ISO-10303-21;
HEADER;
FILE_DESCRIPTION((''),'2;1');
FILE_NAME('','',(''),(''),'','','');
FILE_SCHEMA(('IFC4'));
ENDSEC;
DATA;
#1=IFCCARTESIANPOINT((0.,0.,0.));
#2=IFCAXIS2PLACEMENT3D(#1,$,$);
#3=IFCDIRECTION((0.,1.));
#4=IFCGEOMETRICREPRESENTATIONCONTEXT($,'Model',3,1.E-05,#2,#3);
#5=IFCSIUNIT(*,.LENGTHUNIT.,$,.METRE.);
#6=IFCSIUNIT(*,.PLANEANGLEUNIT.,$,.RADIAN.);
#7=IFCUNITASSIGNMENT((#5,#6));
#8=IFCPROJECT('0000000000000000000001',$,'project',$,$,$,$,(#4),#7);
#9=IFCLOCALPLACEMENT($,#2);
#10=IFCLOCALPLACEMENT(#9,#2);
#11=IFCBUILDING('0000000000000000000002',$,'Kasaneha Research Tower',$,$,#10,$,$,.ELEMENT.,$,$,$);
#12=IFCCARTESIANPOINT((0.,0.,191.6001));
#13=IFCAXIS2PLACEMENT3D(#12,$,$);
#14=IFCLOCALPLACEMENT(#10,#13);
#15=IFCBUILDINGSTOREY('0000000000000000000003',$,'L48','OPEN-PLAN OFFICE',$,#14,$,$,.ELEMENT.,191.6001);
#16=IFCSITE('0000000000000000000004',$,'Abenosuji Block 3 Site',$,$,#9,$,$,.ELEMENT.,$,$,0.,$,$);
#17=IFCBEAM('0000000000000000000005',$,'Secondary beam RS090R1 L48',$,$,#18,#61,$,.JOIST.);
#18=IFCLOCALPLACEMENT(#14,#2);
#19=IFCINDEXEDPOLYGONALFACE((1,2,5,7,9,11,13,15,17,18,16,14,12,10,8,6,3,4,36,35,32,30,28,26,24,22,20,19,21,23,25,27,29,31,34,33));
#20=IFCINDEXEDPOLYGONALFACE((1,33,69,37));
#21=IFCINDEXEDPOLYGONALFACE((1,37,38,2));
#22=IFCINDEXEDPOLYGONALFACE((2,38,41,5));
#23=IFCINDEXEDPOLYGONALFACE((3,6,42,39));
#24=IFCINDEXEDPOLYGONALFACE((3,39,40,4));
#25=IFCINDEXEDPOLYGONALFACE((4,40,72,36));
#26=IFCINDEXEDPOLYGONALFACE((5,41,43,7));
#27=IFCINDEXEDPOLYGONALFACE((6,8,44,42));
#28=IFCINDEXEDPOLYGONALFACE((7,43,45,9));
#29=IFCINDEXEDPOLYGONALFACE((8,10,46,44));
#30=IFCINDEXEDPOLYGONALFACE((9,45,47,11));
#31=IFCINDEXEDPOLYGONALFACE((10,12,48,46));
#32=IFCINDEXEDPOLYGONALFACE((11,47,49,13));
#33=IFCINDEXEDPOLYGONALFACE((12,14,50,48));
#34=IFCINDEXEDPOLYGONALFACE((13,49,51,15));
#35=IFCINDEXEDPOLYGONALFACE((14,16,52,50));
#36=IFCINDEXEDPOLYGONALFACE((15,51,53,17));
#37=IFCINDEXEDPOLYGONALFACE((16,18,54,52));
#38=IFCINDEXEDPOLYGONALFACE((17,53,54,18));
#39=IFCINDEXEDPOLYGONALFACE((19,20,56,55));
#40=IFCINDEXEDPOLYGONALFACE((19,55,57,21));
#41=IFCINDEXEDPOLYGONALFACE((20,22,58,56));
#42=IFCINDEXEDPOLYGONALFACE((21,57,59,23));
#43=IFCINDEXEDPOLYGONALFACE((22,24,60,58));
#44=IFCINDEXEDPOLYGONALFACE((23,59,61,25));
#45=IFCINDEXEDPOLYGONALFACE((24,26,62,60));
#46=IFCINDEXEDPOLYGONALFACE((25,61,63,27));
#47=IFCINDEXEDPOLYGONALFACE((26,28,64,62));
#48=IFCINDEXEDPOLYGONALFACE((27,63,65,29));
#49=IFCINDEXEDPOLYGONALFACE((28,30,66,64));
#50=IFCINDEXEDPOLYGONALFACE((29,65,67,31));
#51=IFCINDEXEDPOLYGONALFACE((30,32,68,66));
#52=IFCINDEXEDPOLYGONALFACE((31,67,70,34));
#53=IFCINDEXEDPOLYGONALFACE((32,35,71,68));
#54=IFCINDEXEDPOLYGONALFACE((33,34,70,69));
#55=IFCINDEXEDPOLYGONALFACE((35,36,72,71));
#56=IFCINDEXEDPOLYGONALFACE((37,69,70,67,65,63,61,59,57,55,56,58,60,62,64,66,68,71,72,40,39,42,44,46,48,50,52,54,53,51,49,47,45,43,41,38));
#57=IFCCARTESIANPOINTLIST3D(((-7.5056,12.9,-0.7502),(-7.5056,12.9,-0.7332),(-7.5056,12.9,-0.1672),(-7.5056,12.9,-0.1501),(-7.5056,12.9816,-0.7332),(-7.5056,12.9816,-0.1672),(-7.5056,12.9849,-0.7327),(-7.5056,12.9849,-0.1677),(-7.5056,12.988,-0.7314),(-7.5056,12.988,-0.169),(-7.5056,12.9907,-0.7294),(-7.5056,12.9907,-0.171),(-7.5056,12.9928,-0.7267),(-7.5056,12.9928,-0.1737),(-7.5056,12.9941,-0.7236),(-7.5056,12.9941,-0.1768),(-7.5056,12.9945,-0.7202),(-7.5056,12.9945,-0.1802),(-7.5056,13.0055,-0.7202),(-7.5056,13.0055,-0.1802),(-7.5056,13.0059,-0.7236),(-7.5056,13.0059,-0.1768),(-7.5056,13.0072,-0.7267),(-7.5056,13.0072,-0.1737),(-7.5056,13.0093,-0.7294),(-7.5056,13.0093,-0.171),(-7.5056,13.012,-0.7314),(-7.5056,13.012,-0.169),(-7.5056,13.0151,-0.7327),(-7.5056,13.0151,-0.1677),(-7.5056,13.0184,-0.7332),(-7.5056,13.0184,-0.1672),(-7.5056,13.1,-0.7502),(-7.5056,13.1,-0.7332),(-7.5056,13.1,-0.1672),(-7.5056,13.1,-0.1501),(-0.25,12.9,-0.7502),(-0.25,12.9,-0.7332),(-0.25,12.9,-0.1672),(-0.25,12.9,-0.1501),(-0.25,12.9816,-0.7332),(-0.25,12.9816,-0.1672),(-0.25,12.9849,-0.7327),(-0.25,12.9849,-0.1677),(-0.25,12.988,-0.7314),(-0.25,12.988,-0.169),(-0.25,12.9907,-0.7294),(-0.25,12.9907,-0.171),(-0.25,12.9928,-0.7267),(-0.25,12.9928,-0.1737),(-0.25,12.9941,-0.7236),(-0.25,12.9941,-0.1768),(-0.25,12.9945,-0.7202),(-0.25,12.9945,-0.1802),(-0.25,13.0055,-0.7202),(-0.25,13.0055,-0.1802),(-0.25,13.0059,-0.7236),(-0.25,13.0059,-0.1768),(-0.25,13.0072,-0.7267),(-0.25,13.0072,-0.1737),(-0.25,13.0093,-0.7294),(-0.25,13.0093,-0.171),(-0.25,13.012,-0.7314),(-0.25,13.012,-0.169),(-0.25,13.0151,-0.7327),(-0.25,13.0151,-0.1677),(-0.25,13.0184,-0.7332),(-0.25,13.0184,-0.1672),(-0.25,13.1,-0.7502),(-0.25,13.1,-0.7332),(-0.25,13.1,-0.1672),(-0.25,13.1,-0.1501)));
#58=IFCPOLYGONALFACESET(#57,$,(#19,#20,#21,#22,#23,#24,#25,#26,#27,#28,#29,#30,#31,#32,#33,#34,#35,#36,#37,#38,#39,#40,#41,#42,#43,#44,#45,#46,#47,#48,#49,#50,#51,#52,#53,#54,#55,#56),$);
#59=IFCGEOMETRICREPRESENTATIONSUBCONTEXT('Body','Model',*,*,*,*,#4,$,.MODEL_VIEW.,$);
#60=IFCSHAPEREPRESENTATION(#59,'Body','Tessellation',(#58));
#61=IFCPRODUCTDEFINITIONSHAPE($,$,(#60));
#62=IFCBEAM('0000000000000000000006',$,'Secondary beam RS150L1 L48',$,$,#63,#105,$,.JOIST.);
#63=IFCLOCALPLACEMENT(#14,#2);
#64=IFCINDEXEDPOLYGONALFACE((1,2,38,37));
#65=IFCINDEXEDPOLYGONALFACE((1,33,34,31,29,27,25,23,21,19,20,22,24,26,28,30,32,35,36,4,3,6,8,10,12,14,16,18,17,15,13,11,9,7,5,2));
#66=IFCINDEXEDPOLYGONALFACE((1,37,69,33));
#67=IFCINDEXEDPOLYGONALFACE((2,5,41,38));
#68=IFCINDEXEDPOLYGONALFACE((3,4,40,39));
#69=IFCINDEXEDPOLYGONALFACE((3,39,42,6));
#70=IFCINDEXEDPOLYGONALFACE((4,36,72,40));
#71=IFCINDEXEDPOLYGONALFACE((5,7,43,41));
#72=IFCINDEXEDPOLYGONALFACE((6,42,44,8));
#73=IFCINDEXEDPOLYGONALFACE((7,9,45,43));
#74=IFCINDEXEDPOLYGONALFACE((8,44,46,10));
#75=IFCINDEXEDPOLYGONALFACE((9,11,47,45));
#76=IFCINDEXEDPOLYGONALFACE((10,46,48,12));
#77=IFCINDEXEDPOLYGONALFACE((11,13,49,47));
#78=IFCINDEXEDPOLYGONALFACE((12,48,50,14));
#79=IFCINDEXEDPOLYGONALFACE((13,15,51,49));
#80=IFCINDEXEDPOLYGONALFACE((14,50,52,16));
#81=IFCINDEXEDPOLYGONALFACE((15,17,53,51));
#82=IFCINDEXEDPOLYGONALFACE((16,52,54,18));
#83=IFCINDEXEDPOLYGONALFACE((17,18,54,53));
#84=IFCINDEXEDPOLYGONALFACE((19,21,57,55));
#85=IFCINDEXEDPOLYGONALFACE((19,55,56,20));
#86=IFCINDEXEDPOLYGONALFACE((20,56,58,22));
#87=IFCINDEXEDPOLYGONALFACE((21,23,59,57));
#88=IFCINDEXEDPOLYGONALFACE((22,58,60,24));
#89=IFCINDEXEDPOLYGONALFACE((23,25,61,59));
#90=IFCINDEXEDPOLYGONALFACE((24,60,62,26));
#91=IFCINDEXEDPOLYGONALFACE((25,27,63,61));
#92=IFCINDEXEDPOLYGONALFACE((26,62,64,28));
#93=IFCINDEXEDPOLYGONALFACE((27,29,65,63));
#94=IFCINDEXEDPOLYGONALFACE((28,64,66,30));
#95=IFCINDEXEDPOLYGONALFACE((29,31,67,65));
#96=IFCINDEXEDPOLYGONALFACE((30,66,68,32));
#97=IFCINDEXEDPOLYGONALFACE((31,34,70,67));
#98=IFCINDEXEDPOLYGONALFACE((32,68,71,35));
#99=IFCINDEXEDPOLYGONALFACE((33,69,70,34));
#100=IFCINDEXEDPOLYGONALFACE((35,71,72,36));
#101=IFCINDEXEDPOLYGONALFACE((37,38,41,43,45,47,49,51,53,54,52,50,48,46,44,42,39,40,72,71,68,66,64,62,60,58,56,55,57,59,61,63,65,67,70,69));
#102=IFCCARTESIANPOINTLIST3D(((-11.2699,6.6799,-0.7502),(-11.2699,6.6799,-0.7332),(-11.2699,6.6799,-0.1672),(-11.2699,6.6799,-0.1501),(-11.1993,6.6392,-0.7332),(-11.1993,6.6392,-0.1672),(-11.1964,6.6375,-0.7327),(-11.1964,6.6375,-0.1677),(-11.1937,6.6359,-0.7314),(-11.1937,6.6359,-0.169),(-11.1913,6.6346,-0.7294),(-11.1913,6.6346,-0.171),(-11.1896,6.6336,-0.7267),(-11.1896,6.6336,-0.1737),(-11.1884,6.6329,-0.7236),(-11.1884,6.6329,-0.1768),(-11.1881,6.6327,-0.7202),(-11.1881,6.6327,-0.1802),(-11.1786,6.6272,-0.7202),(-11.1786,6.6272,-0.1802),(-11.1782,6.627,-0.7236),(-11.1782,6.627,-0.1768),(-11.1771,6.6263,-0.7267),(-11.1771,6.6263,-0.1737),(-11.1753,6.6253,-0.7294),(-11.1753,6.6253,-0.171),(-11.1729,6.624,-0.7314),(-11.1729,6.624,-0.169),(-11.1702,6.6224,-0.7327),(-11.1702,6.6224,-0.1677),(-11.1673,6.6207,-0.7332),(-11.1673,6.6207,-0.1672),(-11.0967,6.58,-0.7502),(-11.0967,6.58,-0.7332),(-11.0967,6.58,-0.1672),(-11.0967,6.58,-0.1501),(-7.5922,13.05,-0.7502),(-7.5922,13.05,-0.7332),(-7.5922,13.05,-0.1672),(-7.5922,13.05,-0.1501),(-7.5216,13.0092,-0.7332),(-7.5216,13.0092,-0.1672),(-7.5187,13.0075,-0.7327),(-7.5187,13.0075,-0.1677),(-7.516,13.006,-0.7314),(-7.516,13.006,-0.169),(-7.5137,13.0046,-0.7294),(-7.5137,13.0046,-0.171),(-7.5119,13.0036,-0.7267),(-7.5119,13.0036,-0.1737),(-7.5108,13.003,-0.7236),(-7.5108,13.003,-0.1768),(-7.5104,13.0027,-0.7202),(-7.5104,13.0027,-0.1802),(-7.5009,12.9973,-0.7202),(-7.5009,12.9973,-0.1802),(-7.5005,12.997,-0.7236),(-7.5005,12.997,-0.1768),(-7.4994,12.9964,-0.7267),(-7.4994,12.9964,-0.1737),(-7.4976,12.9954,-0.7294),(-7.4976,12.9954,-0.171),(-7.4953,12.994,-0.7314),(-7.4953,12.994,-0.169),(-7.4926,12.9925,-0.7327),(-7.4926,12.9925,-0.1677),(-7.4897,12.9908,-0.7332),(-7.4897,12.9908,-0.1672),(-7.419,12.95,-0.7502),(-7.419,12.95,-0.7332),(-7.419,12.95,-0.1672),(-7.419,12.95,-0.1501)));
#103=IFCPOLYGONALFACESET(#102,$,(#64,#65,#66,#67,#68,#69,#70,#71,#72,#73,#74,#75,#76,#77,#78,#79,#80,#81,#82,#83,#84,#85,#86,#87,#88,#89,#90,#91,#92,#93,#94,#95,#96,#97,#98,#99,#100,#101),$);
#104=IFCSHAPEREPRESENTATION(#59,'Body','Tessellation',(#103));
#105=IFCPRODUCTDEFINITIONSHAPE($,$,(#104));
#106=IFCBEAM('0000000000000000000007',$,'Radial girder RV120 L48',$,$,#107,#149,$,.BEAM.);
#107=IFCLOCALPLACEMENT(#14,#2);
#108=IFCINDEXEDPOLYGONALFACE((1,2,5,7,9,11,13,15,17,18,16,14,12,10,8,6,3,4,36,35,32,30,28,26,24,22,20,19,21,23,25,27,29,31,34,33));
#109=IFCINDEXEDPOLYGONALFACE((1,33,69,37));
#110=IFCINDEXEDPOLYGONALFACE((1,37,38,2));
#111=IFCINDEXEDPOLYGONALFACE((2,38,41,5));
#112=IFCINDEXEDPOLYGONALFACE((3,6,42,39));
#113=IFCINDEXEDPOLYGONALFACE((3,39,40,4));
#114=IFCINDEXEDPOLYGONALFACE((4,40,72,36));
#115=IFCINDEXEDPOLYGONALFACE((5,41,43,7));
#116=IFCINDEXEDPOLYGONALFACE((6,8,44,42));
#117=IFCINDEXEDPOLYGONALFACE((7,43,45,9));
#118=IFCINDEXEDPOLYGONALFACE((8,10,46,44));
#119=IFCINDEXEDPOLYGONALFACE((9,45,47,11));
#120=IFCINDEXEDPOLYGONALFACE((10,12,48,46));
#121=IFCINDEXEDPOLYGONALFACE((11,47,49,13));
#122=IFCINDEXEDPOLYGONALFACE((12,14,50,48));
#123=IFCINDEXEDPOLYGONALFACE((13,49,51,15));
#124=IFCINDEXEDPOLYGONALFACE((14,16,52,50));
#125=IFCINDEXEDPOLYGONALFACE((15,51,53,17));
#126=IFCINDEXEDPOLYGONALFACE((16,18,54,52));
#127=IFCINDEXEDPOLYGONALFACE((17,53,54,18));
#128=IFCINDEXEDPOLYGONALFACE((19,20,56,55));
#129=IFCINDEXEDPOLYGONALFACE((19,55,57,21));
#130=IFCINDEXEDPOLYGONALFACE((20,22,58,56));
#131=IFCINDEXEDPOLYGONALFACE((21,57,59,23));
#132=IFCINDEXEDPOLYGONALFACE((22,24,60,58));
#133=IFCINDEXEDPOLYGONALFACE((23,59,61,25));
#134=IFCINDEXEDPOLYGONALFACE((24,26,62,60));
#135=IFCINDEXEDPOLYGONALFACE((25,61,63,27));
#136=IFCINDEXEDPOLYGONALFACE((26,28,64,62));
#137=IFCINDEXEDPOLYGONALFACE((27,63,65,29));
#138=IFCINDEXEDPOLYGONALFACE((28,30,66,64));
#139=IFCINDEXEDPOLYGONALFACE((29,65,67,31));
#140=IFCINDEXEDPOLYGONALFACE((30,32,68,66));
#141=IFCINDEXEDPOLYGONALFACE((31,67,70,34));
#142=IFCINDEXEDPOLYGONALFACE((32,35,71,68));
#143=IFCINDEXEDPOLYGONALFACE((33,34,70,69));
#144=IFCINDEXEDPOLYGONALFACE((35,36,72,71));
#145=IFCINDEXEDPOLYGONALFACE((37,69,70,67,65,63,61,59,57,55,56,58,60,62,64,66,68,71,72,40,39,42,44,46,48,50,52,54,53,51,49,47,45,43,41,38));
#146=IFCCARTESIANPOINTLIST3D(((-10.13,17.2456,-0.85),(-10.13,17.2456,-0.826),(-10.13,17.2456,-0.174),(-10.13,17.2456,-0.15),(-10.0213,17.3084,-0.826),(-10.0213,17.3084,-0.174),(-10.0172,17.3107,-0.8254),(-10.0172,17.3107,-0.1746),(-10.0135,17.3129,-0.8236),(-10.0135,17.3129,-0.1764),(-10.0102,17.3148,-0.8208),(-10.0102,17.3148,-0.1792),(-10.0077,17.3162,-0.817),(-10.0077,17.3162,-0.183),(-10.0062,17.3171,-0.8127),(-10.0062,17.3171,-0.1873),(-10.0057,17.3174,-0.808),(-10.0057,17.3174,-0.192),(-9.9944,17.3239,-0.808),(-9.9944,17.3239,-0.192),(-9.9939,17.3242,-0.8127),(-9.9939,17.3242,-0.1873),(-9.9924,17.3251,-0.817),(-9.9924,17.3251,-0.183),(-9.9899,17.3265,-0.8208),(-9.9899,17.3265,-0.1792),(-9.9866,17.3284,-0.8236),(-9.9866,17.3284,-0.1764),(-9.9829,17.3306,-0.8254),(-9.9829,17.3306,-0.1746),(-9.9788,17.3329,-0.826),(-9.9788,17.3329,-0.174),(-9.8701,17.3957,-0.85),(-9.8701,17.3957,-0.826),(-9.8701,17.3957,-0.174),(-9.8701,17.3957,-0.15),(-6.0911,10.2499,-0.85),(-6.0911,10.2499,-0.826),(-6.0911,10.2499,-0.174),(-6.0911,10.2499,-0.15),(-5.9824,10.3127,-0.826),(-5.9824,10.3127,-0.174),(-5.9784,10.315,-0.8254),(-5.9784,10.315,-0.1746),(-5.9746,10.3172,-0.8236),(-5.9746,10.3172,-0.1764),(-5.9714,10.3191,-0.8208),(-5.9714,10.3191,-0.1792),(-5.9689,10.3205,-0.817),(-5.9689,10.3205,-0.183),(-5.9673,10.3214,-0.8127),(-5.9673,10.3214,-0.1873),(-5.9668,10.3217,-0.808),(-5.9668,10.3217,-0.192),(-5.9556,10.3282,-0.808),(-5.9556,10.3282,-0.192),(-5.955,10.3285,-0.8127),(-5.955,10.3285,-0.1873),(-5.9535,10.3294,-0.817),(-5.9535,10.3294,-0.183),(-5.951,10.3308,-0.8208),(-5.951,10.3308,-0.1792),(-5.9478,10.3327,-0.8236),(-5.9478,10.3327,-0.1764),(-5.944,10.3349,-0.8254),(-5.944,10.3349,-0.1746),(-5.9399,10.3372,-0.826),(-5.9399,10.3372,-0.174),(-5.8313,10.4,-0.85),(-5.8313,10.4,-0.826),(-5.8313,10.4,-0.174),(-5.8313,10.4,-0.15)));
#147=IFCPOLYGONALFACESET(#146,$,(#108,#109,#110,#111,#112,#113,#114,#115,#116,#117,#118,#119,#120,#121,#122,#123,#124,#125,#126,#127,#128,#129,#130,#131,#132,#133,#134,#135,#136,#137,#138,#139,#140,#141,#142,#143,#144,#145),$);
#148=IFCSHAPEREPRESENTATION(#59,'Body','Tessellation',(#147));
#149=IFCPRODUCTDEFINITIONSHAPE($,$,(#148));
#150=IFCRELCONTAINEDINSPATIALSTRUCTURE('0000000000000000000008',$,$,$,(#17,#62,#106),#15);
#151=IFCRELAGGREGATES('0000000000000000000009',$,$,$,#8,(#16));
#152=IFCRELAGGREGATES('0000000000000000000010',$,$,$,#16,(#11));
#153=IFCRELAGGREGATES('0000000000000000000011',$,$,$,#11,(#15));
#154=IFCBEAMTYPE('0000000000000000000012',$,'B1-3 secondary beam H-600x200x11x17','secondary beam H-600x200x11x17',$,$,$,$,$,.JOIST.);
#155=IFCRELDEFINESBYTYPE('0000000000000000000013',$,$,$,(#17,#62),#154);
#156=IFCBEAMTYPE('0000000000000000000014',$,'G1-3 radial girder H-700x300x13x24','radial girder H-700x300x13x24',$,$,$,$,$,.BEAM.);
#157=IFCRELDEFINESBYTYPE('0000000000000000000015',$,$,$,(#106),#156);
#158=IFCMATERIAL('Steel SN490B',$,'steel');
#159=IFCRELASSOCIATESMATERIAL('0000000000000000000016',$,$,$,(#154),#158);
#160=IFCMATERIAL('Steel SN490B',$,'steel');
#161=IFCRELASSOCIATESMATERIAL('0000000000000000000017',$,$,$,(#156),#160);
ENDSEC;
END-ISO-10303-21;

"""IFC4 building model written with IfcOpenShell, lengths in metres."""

from ifc_helpers import new_model, si_unit, direction, frame, origin, origin_2d, place, context, subcontext, project, spatial, i_section, extrude, material, material_profile, profile_set, type_object, element, save


model = new_model("IFC4")

# Units and contexts
model_context = context("Model", 3, precision=1e-05, world=origin(), true_north=direction((0.0, 1.0)))
body_context = subcontext(model_context, "Body", "Model", "MODEL_VIEW")
ifc_project = project(units=[si_unit("LENGTHUNIT", "METRE"), si_unit("PLANEANGLEUNIT", "RADIAN")], contexts=[model_context])

# Site, building, storey
site_placement = place(None, origin())
site = spatial("IfcSite", under=ifc_project, at=site_placement, Name="Abenosuji Block 3 Site", CompositionType="ELEMENT", RefElevation=0.0)
building_placement = place(site_placement, origin())
building = spatial("IfcBuilding", under=site, at=building_placement, Name="Kasaneha Research Tower", CompositionType="ELEMENT")
storey_placement = place(building_placement, frame((0.0, 0.0, 191.6001)))
storey = spatial("IfcBuildingStorey", under=building, at=storey_placement, Name="L48", Description="OPEN-PLAN OFFICE", CompositionType="ELEMENT", Elevation=191.6001)

# Beams
ifc_material_1 = material(Name="Steel SN490B", Category="steel")
ifc_material_profile_1 = material_profile(ifc_material_1, i_section(OverallWidth=0.2, OverallDepth=0.6001, WebThickness=0.011, FlangeThickness=0.0171, FilletRadius=0.0129, at=origin_2d()), Name="H-600x200x11x17")
ifc_profile_set_1 = profile_set([ifc_material_profile_1], Name="Steel SN490B")
beam_type_1 = type_object("IfcBeamType", Name="B1-3 secondary beam H-600x200x11x17", Description="secondary beam H-600x200x11x17", PredefinedType="JOIST", material=ifc_profile_set_1)
beam_1_placement = place(storey_placement, frame((-7.5056, 13.0, -0.4502), z_axis=(1.0, 0.0, 0.0), x_axis=(0.0, 1.0, 0.0)))
element("IfcBeam", 1, at=beam_1_placement, inside=storey, type_object=beam_type_1, Name="Secondary beam RS090R1 L48", PredefinedType="JOIST", context=body_context, shape_type="SweptSolid", body=[
    extrude(i_section(OverallWidth=0.2, OverallDepth=0.6001, WebThickness=0.011, FlangeThickness=0.0171, FilletRadius=0.0129, at=origin_2d()), origin(), (0.0, 0.0, 1.0), 7.2556),
])
beam_2_placement = place(storey_placement, frame((-7.5056, 13.0, -0.4502), z_axis=(-0.499994, -0.866029, 0.0), x_axis=(0.866029, -0.499994, 0.0)))
element("IfcBeam", 2, at=beam_2_placement, inside=storey, type_object=beam_type_1, Name="Secondary beam RS150L1 L48", PredefinedType="JOIST", context=body_context, shape_type="SweptSolid", body=[
    extrude(i_section(OverallWidth=0.2, OverallDepth=0.6001, WebThickness=0.011, FlangeThickness=0.0171, FilletRadius=0.0129, at=origin_2d()), origin(), (0.0, 0.0, 1.0), 7.3555),
])
ifc_material_2 = material(Name="Steel SN490B", Category="steel")
ifc_material_profile_2 = material_profile(ifc_material_2, i_section(OverallWidth=0.3, OverallDepth=0.7, WebThickness=0.0129, FlangeThickness=0.0239, FilletRadius=0.0181, at=origin_2d()), Name="H-700x300x13x24")
ifc_profile_set_2 = profile_set([ifc_material_profile_2], Name="Steel SN490B")
beam_type_2 = type_object("IfcBeamType", Name="G1-3 radial girder H-700x300x13x24", Description="radial girder H-700x300x13x24", PredefinedType="BEAM", material=ifc_profile_set_2)
beam_3_placement = place(storey_placement, frame((-5.9612, 10.325, -0.5), z_axis=(-0.499991, 0.866031, 0.0), x_axis=(-0.866031, -0.499991, 0.0)))
element("IfcBeam", 3, at=beam_3_placement, inside=storey, type_object=beam_type_2, Name="Radial girder RV120 L48", PredefinedType="BEAM", context=body_context, shape_type="SweptSolid", body=[
    extrude(i_section(OverallWidth=0.3, OverallDepth=0.7, WebThickness=0.0129, FlangeThickness=0.0239, FilletRadius=0.0181, at=origin_2d()), origin(), (0.0, 0.0, 1.0), 8.0779),
])

save(model, "model.ifc")
